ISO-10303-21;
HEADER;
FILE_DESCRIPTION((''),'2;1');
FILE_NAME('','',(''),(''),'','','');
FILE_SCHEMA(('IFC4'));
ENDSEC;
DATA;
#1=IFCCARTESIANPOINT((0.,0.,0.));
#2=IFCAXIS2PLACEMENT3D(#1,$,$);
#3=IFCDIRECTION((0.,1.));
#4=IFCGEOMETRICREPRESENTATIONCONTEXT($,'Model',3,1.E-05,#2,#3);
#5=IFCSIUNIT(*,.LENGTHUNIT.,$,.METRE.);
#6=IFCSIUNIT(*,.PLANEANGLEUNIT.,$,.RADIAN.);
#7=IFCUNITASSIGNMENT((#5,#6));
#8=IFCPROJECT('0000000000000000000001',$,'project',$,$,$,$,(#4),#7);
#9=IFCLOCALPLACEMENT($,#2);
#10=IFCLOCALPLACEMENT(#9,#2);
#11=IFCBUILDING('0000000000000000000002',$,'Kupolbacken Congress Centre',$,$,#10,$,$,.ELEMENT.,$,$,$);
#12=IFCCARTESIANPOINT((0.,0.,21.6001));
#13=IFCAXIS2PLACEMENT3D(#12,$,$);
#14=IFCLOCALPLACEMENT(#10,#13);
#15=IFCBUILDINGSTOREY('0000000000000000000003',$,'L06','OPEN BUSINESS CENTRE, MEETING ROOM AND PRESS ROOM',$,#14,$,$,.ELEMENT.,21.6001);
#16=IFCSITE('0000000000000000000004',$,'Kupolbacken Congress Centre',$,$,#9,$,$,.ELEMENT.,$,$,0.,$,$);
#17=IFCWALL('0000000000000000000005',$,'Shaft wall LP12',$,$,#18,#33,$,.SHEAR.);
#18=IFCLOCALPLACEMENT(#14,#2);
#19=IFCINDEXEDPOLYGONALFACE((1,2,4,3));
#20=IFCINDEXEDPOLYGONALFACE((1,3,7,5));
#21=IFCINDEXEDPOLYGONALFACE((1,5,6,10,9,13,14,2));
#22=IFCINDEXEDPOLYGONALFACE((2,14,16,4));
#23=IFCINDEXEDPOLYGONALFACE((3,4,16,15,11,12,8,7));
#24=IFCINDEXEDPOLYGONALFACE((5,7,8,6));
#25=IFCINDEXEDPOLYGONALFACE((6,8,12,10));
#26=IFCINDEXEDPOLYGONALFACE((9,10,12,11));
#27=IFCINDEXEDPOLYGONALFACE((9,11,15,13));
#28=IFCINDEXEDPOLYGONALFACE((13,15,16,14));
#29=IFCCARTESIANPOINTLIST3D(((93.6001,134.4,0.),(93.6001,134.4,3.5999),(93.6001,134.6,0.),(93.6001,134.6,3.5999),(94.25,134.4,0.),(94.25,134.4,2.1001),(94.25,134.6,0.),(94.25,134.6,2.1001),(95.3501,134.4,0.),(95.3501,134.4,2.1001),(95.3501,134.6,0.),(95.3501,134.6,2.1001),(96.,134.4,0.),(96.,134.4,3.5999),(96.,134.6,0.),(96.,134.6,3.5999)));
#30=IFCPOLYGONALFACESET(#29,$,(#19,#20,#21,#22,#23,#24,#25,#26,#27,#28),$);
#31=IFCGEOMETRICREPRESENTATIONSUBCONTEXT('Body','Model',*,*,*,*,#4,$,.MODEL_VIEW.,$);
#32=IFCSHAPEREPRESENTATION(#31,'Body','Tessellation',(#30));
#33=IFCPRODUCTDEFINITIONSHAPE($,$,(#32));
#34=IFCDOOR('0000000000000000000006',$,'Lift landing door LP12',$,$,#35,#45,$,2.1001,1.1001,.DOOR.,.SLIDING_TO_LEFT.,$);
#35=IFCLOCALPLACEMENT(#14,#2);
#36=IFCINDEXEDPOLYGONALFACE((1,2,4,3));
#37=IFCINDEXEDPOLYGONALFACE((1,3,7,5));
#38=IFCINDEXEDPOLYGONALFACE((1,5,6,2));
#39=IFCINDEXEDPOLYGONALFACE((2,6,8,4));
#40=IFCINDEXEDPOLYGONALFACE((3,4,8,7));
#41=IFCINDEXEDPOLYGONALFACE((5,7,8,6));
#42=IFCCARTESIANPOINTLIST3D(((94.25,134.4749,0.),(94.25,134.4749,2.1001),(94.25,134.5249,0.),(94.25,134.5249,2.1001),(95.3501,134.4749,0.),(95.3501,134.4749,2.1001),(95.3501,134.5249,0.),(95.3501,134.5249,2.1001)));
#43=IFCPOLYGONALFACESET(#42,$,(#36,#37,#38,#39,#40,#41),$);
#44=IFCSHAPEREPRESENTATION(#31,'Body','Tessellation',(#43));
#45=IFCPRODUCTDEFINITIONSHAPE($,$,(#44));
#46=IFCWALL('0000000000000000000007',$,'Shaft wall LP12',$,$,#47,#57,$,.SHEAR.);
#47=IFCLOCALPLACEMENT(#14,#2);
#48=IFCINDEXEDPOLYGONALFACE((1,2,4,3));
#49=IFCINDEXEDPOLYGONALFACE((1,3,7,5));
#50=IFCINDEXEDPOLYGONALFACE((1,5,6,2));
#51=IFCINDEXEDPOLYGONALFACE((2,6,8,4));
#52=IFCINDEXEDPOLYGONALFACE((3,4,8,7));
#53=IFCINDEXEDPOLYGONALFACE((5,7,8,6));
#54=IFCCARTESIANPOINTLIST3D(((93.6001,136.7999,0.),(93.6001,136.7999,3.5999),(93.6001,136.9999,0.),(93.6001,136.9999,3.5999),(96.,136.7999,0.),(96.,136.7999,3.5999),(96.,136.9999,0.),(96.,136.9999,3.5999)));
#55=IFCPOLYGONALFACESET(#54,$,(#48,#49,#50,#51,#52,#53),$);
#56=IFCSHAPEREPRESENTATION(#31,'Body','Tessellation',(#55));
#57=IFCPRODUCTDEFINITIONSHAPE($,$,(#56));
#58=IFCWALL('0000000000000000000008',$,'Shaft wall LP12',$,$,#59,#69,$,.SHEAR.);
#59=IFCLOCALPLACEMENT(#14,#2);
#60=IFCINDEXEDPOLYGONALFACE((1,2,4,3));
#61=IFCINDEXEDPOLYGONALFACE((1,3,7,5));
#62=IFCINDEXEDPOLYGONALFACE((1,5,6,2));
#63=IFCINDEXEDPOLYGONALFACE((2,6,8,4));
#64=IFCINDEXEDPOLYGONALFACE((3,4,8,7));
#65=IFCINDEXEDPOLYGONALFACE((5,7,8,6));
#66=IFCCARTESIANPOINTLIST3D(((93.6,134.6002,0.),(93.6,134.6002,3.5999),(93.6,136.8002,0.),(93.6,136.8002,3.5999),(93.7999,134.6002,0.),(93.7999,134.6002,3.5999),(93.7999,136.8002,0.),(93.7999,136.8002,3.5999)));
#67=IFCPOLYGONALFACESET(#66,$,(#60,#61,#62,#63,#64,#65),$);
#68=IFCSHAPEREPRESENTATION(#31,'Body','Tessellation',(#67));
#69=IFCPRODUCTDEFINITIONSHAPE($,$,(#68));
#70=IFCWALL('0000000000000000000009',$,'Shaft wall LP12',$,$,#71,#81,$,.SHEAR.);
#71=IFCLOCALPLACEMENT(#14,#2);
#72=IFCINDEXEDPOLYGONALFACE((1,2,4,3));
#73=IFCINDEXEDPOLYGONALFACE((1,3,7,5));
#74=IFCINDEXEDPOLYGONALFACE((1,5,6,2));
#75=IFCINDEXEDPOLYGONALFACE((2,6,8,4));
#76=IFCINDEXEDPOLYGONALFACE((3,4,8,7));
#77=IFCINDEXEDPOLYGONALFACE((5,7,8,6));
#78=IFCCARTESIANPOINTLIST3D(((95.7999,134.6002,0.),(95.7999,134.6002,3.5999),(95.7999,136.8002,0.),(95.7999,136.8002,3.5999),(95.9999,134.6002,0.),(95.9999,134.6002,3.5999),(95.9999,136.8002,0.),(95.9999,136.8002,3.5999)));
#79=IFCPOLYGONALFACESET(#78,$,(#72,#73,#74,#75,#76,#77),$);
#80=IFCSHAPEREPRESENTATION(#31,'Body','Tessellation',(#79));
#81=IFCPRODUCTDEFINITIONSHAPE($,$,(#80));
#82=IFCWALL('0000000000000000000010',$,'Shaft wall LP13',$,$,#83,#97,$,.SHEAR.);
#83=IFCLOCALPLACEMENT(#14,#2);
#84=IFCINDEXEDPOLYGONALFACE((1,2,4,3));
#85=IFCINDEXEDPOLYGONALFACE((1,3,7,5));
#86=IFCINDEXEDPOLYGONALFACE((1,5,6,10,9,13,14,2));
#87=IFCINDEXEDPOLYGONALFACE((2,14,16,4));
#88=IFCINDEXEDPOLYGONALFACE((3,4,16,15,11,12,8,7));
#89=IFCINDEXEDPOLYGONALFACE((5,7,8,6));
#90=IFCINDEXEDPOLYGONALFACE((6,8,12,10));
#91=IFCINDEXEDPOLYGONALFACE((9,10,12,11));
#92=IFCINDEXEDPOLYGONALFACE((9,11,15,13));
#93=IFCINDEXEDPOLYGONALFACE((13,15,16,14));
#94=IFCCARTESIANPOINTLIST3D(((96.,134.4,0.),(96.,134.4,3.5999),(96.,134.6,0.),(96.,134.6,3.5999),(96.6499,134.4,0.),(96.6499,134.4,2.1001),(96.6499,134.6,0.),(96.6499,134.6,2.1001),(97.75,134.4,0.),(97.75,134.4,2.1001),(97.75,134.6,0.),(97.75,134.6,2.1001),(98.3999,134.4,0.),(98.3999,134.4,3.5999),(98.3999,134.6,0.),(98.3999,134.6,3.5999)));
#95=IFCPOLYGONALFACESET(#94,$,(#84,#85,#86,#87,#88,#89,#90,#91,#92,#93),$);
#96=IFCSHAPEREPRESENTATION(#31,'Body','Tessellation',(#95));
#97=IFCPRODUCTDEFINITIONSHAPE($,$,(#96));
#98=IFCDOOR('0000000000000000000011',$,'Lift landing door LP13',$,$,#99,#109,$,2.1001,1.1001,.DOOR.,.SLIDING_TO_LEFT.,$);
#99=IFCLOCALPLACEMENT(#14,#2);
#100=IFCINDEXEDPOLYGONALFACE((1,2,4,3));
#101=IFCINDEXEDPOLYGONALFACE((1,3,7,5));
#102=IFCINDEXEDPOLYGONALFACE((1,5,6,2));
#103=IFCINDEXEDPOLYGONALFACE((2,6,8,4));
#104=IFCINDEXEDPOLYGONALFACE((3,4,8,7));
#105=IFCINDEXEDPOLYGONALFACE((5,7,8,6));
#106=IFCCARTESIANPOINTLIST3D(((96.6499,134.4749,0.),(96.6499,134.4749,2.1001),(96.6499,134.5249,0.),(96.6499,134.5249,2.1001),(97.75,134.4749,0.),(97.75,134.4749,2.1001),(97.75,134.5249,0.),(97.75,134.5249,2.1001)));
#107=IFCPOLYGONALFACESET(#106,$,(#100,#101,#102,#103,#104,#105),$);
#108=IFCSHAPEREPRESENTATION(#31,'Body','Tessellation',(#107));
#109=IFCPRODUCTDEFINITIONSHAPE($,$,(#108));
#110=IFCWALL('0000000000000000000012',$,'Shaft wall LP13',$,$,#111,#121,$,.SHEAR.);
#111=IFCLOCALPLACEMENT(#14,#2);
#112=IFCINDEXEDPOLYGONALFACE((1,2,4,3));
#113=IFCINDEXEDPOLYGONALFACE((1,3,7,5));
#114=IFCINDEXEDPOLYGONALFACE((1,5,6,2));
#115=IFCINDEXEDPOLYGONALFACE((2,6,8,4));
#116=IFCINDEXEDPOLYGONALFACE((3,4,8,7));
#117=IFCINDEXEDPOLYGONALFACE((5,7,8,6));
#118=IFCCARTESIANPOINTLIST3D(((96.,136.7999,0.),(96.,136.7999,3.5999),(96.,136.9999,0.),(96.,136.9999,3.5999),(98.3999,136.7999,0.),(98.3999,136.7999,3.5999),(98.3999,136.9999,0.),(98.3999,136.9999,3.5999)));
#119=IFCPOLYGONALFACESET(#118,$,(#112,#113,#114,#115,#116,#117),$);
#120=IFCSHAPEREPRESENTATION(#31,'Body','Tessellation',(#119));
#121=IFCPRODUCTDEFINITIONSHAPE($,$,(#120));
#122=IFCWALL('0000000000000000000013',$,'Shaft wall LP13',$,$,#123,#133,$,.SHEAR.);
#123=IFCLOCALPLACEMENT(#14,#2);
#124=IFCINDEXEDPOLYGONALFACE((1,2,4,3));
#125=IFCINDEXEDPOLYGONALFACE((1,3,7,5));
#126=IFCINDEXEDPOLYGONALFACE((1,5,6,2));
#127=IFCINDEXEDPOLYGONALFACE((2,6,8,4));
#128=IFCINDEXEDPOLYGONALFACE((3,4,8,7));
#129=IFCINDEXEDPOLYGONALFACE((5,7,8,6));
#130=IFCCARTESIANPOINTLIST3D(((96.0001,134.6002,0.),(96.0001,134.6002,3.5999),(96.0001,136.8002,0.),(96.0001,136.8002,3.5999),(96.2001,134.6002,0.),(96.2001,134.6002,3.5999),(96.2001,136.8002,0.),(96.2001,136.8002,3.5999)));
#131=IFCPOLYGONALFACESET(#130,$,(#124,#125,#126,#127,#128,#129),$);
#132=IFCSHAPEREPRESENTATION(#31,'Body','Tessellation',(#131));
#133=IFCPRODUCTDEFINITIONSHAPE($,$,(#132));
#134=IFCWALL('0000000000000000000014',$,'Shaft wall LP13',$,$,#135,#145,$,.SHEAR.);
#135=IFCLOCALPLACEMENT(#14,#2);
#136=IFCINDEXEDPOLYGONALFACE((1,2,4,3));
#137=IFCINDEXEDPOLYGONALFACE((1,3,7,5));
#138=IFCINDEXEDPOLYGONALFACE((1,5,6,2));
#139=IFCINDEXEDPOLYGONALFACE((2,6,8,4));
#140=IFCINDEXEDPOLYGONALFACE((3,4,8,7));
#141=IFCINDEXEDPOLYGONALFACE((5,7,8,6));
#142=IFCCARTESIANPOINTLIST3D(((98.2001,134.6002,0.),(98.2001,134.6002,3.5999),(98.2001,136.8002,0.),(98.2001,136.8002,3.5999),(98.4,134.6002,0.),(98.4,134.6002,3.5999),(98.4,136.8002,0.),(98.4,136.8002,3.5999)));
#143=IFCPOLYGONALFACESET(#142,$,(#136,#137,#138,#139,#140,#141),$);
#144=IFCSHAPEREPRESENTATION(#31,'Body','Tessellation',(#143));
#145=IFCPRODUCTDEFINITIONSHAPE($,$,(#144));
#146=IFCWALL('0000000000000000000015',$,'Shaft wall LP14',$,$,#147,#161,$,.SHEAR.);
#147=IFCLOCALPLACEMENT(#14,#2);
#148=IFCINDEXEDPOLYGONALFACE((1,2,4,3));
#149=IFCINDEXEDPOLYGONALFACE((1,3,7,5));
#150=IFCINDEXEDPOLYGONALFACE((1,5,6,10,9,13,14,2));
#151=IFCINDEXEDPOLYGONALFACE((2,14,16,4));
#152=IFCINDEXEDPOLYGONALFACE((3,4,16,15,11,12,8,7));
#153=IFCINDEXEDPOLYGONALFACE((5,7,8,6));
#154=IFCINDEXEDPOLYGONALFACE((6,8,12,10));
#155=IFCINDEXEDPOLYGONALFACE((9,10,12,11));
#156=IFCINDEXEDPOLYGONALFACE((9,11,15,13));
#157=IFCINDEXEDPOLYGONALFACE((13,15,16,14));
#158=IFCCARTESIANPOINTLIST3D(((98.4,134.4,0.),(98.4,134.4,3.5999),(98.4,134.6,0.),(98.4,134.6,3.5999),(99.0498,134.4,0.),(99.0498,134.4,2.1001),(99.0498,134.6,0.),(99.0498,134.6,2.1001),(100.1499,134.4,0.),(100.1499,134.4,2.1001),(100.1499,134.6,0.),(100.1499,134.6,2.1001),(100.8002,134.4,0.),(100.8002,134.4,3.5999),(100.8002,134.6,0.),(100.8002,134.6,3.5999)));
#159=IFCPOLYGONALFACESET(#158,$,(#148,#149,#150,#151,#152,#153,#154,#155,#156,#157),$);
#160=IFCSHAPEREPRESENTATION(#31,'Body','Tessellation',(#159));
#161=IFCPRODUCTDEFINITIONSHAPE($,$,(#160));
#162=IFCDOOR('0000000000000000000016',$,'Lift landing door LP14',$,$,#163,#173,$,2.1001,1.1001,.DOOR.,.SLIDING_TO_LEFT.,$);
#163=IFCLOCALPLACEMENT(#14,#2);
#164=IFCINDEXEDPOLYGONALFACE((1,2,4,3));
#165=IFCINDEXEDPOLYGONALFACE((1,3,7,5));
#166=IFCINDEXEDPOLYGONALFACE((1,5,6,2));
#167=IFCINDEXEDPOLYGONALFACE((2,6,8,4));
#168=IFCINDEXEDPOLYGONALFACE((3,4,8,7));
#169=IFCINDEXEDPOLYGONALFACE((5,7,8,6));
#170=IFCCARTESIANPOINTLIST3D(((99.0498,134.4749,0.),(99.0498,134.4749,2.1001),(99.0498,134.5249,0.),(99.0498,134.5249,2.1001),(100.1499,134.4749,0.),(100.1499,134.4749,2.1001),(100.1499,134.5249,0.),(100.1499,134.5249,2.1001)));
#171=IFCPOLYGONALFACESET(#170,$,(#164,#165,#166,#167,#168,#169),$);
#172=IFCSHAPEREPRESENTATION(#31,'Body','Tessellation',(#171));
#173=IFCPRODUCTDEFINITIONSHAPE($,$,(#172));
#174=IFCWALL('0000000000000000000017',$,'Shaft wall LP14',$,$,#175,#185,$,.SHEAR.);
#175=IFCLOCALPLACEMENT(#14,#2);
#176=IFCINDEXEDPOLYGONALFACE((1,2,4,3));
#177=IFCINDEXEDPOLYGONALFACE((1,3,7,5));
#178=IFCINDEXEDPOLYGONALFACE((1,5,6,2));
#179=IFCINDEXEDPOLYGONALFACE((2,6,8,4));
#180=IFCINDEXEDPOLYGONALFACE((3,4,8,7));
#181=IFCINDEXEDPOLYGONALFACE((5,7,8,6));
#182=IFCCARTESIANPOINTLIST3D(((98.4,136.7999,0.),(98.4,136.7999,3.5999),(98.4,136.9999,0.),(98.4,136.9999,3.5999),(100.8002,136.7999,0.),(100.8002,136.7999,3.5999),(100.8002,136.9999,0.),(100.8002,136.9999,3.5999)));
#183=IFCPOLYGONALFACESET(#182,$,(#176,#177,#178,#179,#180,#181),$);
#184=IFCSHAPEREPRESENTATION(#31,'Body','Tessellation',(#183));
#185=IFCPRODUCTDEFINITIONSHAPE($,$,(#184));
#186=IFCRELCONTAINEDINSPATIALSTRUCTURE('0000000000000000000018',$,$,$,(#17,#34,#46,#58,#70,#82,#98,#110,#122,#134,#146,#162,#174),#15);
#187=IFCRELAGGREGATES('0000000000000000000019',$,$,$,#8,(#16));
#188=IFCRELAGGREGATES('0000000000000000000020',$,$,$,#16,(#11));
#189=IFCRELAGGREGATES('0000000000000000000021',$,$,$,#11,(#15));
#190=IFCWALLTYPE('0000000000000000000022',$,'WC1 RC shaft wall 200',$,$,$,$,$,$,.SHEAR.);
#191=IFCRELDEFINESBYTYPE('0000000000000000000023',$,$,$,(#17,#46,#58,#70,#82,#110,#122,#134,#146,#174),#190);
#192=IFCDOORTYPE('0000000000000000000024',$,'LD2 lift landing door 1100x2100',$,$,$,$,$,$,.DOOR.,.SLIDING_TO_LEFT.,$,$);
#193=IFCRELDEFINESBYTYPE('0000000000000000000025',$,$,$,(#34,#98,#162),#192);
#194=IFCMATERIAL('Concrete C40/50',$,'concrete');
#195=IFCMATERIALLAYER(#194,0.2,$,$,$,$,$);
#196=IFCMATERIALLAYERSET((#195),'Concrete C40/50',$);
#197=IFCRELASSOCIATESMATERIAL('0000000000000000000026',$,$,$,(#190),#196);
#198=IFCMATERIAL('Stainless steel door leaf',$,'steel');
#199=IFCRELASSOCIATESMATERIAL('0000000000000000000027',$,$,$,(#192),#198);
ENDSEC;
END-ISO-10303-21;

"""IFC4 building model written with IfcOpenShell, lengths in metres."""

from ifc_helpers import new_model, si_unit, direction, frame, frame_2d, origin, place, context, subcontext, project, spatial, rectangle, extrude, material, layer, layer_set, type_object, element, fill, save


model = new_model("IFC4")

# Units and contexts
model_context = context("Model", 3, precision=1e-05, world=origin(), true_north=direction((0.0, 1.0)))
body_context = subcontext(model_context, "Body", "Model", "MODEL_VIEW")
ifc_project = project(units=[si_unit("LENGTHUNIT", "METRE"), si_unit("PLANEANGLEUNIT", "RADIAN")], contexts=[model_context])

# Site, building, storey
site_placement = place(None, origin())
site = spatial("IfcSite", under=ifc_project, at=site_placement, Name="Kupolbacken Congress Centre", CompositionType="ELEMENT", RefElevation=0.0)
building_placement = place(site_placement, origin())
building = spatial("IfcBuilding", under=site, at=building_placement, Name="Kupolbacken Congress Centre", CompositionType="ELEMENT")
storey_placement = place(building_placement, frame((0.0, 0.0, 21.6001)))
storey = spatial("IfcBuildingStorey", under=building, at=storey_placement, Name="L06", Description="OPEN BUSINESS CENTRE, MEETING ROOM AND PRESS ROOM", CompositionType="ELEMENT", Elevation=21.6001)

# Shared definitions
ifc_material_1 = material(Name="Concrete C40/50", Category="concrete")
ifc_layer_1 = layer(ifc_material_1, 0.2)
ifc_layer_set_1 = layer_set([ifc_layer_1], Name="Concrete C40/50")
wall_type_1 = type_object("IfcWallType", Name="WC1 RC shaft wall 200", PredefinedType="SHEAR", material=ifc_layer_set_1)

# Wall, opening, door
wall_1_placement = place(storey_placement, frame((93.6001, 134.5, 0.0), z_axis=(0.0, 0.0, 1.0), x_axis=(1.0, 0.0, 0.0)))
wall_1 = element("IfcWall", 1, at=wall_1_placement, inside=storey, type_object=wall_type_1, Name="Shaft wall LP12", PredefinedType="SHEAR", context=body_context, shape_type="SweptSolid", body=[
    extrude(rectangle(XDim=2.3999, YDim=0.2, at=frame_2d((1.2, 0.0))), origin(), (0.0, 0.0, 1.0), 3.5999),
])
opening_1_placement = place(wall_1_placement, frame((0.6499, 0.0, 0.0)))
opening_1 = element("IfcOpeningElement", 2, at=opening_1_placement, cuts=wall_1, PredefinedType="OPENING", context=body_context, shape_type="SweptSolid", body=[
    extrude(rectangle(XDim=1.1001, YDim=2.1001, at=frame_2d((0.55, 1.05))), frame((0.0, 0.1099, 0.0), z_axis=(0.0, -1.0, 0.0), x_axis=(1.0, 0.0, 0.0)), (0.0, 0.0, 1.0), 0.22),
])
ifc_material_2 = material(Name="Stainless steel door leaf", Category="steel")
door_type_1 = type_object("IfcDoorType", Name="LD2 lift landing door 1100x2100", OperationType="SLIDING_TO_LEFT", PredefinedType="DOOR", material=ifc_material_2)
door_1_placement = place(opening_1_placement, origin())
door_1 = element("IfcDoor", 3, at=door_1_placement, inside=storey, type_object=door_type_1, Name="Lift landing door LP12", OperationType="SLIDING_TO_LEFT", OverallHeight=2.1001, OverallWidth=1.1001, PredefinedType="DOOR", context=body_context, shape_type="SweptSolid", body=[
    extrude(rectangle(XDim=1.1001, YDim=2.1001, at=frame_2d((0.55, 1.05))), frame((0.0, 0.0249, 0.0), z_axis=(0.0, -1.0, 0.0), x_axis=(1.0, 0.0, 0.0)), (0.0, 0.0, 1.0), 0.05),
])
fill(opening_1, door_1)

# Walls
wall_2_placement = place(storey_placement, frame((93.6001, 136.8999, 0.0), z_axis=(0.0, 0.0, 1.0), x_axis=(1.0, 0.0, 0.0)))
element("IfcWall", 4, at=wall_2_placement, inside=storey, type_object=wall_type_1, Name="Shaft wall LP12", PredefinedType="SHEAR", context=body_context, shape_type="SweptSolid", body=[
    extrude(rectangle(XDim=2.3999, YDim=0.2, at=frame_2d((1.2, 0.0))), origin(), (0.0, 0.0, 1.0), 3.5999),
])
for number, where, z_axis, x_axis, name in (
    (5, (93.7, 134.6001, 0.0), (0.0, 0.0, 1.0), (0.0, 1.0, 0.0), "Shaft wall LP12"),
    (6, (95.8999, 134.6001, 0.0), (0.0, 0.0, 1.0), (0.0, 1.0, 0.0), "Shaft wall LP12"),
):
    element("IfcWall", number, at=place(storey_placement, frame(where, z_axis=z_axis, x_axis=x_axis)), inside=storey, type_object=wall_type_1, Name=name, PredefinedType="SHEAR", context=body_context, shape_type="SweptSolid", body=[
        extrude(rectangle(XDim=2.2, YDim=0.2, at=frame_2d((1.1001, 0.0))), origin(), (0.0, 0.0, 1.0), 3.5999),
    ])

# Wall, opening, door
wall_3_placement = place(storey_placement, frame((96.0, 134.5, 0.0), z_axis=(0.0, 0.0, 1.0), x_axis=(1.0, 0.0, 0.0)))
wall_3 = element("IfcWall", 7, at=wall_3_placement, inside=storey, type_object=wall_type_1, Name="Shaft wall LP13", PredefinedType="SHEAR", context=body_context, shape_type="SweptSolid", body=[
    extrude(rectangle(XDim=2.3999, YDim=0.2, at=frame_2d((1.2, 0.0))), origin(), (0.0, 0.0, 1.0), 3.5999),
])
opening_2_placement = place(wall_3_placement, frame((0.6499, 0.0, 0.0)))
opening_2 = element("IfcOpeningElement", 8, at=opening_2_placement, cuts=wall_3, PredefinedType="OPENING", context=body_context, shape_type="SweptSolid", body=[
    extrude(rectangle(XDim=1.1001, YDim=2.1001, at=frame_2d((0.55, 1.05))), frame((0.0, 0.1099, 0.0), z_axis=(0.0, -1.0, 0.0), x_axis=(1.0, 0.0, 0.0)), (0.0, 0.0, 1.0), 0.22),
])
door_2_placement = place(opening_2_placement, origin())
door_2 = element("IfcDoor", 9, at=door_2_placement, inside=storey, type_object=door_type_1, Name="Lift landing door LP13", OperationType="SLIDING_TO_LEFT", OverallHeight=2.1001, OverallWidth=1.1001, PredefinedType="DOOR", context=body_context, shape_type="SweptSolid", body=[
    extrude(rectangle(XDim=1.1001, YDim=2.1001, at=frame_2d((0.55, 1.05))), frame((0.0, 0.0249, 0.0), z_axis=(0.0, -1.0, 0.0), x_axis=(1.0, 0.0, 0.0)), (0.0, 0.0, 1.0), 0.05),
])
fill(opening_2, door_2)

# Walls
wall_4_placement = place(storey_placement, frame((96.0, 136.8999, 0.0), z_axis=(0.0, 0.0, 1.0), x_axis=(1.0, 0.0, 0.0)))
element("IfcWall", 10, at=wall_4_placement, inside=storey, type_object=wall_type_1, Name="Shaft wall LP13", PredefinedType="SHEAR", context=body_context, shape_type="SweptSolid", body=[
    extrude(rectangle(XDim=2.3999, YDim=0.2, at=frame_2d((1.2, 0.0))), origin(), (0.0, 0.0, 1.0), 3.5999),
])
for number, where, z_axis, x_axis, name in (
    (11, (96.1001, 134.6001, 0.0), (0.0, 0.0, 1.0), (0.0, 1.0, 0.0), "Shaft wall LP13"),
    (12, (98.3, 134.6001, 0.0), (0.0, 0.0, 1.0), (0.0, 1.0, 0.0), "Shaft wall LP13"),
):
    element("IfcWall", number, at=place(storey_placement, frame(where, z_axis=z_axis, x_axis=x_axis)), inside=storey, type_object=wall_type_1, Name=name, PredefinedType="SHEAR", context=body_context, shape_type="SweptSolid", body=[
        extrude(rectangle(XDim=2.2, YDim=0.2, at=frame_2d((1.1001, 0.0))), origin(), (0.0, 0.0, 1.0), 3.5999),
    ])

# Wall, opening, door
wall_5_placement = place(storey_placement, frame((98.3999, 134.5, 0.0), z_axis=(0.0, 0.0, 1.0), x_axis=(1.0, 0.0, 0.0)))
wall_5 = element("IfcWall", 13, at=wall_5_placement, inside=storey, type_object=wall_type_1, Name="Shaft wall LP14", PredefinedType="SHEAR", context=body_context, shape_type="SweptSolid", body=[
    extrude(rectangle(XDim=2.4001, YDim=0.2, at=frame_2d((1.2002, 0.0))), origin(), (0.0, 0.0, 1.0), 3.5999),
])
opening_3_placement = place(wall_5_placement, frame((0.6499, 0.0, 0.0)))
opening_3 = element("IfcOpeningElement", 14, at=opening_3_placement, cuts=wall_5, PredefinedType="OPENING", context=body_context, shape_type="SweptSolid", body=[
    extrude(rectangle(XDim=1.1001, YDim=2.1001, at=frame_2d((0.55, 1.05))), frame((0.0, 0.1099, 0.0), z_axis=(0.0, -1.0, 0.0), x_axis=(1.0, 0.0, 0.0)), (0.0, 0.0, 1.0), 0.22),
])
door_3_placement = place(opening_3_placement, origin())
door_3 = element("IfcDoor", 15, at=door_3_placement, inside=storey, type_object=door_type_1, Name="Lift landing door LP14", OperationType="SLIDING_TO_LEFT", OverallHeight=2.1001, OverallWidth=1.1001, PredefinedType="DOOR", context=body_context, shape_type="SweptSolid", body=[
    extrude(rectangle(XDim=1.1001, YDim=2.1001, at=frame_2d((0.55, 1.05))), frame((0.0, 0.0249, 0.0), z_axis=(0.0, -1.0, 0.0), x_axis=(1.0, 0.0, 0.0)), (0.0, 0.0, 1.0), 0.05),
])
fill(opening_3, door_3)

# Wall
wall_6_placement = place(storey_placement, frame((98.3999, 136.8999, 0.0), z_axis=(0.0, 0.0, 1.0), x_axis=(1.0, 0.0, 0.0)))
element("IfcWall", 16, at=wall_6_placement, inside=storey, type_object=wall_type_1, Name="Shaft wall LP14", PredefinedType="SHEAR", context=body_context, shape_type="SweptSolid", body=[
    extrude(rectangle(XDim=2.4001, YDim=0.2, at=frame_2d((1.2002, 0.0))), origin(), (0.0, 0.0, 1.0), 3.5999),
])

save(model, "model.ifc")
